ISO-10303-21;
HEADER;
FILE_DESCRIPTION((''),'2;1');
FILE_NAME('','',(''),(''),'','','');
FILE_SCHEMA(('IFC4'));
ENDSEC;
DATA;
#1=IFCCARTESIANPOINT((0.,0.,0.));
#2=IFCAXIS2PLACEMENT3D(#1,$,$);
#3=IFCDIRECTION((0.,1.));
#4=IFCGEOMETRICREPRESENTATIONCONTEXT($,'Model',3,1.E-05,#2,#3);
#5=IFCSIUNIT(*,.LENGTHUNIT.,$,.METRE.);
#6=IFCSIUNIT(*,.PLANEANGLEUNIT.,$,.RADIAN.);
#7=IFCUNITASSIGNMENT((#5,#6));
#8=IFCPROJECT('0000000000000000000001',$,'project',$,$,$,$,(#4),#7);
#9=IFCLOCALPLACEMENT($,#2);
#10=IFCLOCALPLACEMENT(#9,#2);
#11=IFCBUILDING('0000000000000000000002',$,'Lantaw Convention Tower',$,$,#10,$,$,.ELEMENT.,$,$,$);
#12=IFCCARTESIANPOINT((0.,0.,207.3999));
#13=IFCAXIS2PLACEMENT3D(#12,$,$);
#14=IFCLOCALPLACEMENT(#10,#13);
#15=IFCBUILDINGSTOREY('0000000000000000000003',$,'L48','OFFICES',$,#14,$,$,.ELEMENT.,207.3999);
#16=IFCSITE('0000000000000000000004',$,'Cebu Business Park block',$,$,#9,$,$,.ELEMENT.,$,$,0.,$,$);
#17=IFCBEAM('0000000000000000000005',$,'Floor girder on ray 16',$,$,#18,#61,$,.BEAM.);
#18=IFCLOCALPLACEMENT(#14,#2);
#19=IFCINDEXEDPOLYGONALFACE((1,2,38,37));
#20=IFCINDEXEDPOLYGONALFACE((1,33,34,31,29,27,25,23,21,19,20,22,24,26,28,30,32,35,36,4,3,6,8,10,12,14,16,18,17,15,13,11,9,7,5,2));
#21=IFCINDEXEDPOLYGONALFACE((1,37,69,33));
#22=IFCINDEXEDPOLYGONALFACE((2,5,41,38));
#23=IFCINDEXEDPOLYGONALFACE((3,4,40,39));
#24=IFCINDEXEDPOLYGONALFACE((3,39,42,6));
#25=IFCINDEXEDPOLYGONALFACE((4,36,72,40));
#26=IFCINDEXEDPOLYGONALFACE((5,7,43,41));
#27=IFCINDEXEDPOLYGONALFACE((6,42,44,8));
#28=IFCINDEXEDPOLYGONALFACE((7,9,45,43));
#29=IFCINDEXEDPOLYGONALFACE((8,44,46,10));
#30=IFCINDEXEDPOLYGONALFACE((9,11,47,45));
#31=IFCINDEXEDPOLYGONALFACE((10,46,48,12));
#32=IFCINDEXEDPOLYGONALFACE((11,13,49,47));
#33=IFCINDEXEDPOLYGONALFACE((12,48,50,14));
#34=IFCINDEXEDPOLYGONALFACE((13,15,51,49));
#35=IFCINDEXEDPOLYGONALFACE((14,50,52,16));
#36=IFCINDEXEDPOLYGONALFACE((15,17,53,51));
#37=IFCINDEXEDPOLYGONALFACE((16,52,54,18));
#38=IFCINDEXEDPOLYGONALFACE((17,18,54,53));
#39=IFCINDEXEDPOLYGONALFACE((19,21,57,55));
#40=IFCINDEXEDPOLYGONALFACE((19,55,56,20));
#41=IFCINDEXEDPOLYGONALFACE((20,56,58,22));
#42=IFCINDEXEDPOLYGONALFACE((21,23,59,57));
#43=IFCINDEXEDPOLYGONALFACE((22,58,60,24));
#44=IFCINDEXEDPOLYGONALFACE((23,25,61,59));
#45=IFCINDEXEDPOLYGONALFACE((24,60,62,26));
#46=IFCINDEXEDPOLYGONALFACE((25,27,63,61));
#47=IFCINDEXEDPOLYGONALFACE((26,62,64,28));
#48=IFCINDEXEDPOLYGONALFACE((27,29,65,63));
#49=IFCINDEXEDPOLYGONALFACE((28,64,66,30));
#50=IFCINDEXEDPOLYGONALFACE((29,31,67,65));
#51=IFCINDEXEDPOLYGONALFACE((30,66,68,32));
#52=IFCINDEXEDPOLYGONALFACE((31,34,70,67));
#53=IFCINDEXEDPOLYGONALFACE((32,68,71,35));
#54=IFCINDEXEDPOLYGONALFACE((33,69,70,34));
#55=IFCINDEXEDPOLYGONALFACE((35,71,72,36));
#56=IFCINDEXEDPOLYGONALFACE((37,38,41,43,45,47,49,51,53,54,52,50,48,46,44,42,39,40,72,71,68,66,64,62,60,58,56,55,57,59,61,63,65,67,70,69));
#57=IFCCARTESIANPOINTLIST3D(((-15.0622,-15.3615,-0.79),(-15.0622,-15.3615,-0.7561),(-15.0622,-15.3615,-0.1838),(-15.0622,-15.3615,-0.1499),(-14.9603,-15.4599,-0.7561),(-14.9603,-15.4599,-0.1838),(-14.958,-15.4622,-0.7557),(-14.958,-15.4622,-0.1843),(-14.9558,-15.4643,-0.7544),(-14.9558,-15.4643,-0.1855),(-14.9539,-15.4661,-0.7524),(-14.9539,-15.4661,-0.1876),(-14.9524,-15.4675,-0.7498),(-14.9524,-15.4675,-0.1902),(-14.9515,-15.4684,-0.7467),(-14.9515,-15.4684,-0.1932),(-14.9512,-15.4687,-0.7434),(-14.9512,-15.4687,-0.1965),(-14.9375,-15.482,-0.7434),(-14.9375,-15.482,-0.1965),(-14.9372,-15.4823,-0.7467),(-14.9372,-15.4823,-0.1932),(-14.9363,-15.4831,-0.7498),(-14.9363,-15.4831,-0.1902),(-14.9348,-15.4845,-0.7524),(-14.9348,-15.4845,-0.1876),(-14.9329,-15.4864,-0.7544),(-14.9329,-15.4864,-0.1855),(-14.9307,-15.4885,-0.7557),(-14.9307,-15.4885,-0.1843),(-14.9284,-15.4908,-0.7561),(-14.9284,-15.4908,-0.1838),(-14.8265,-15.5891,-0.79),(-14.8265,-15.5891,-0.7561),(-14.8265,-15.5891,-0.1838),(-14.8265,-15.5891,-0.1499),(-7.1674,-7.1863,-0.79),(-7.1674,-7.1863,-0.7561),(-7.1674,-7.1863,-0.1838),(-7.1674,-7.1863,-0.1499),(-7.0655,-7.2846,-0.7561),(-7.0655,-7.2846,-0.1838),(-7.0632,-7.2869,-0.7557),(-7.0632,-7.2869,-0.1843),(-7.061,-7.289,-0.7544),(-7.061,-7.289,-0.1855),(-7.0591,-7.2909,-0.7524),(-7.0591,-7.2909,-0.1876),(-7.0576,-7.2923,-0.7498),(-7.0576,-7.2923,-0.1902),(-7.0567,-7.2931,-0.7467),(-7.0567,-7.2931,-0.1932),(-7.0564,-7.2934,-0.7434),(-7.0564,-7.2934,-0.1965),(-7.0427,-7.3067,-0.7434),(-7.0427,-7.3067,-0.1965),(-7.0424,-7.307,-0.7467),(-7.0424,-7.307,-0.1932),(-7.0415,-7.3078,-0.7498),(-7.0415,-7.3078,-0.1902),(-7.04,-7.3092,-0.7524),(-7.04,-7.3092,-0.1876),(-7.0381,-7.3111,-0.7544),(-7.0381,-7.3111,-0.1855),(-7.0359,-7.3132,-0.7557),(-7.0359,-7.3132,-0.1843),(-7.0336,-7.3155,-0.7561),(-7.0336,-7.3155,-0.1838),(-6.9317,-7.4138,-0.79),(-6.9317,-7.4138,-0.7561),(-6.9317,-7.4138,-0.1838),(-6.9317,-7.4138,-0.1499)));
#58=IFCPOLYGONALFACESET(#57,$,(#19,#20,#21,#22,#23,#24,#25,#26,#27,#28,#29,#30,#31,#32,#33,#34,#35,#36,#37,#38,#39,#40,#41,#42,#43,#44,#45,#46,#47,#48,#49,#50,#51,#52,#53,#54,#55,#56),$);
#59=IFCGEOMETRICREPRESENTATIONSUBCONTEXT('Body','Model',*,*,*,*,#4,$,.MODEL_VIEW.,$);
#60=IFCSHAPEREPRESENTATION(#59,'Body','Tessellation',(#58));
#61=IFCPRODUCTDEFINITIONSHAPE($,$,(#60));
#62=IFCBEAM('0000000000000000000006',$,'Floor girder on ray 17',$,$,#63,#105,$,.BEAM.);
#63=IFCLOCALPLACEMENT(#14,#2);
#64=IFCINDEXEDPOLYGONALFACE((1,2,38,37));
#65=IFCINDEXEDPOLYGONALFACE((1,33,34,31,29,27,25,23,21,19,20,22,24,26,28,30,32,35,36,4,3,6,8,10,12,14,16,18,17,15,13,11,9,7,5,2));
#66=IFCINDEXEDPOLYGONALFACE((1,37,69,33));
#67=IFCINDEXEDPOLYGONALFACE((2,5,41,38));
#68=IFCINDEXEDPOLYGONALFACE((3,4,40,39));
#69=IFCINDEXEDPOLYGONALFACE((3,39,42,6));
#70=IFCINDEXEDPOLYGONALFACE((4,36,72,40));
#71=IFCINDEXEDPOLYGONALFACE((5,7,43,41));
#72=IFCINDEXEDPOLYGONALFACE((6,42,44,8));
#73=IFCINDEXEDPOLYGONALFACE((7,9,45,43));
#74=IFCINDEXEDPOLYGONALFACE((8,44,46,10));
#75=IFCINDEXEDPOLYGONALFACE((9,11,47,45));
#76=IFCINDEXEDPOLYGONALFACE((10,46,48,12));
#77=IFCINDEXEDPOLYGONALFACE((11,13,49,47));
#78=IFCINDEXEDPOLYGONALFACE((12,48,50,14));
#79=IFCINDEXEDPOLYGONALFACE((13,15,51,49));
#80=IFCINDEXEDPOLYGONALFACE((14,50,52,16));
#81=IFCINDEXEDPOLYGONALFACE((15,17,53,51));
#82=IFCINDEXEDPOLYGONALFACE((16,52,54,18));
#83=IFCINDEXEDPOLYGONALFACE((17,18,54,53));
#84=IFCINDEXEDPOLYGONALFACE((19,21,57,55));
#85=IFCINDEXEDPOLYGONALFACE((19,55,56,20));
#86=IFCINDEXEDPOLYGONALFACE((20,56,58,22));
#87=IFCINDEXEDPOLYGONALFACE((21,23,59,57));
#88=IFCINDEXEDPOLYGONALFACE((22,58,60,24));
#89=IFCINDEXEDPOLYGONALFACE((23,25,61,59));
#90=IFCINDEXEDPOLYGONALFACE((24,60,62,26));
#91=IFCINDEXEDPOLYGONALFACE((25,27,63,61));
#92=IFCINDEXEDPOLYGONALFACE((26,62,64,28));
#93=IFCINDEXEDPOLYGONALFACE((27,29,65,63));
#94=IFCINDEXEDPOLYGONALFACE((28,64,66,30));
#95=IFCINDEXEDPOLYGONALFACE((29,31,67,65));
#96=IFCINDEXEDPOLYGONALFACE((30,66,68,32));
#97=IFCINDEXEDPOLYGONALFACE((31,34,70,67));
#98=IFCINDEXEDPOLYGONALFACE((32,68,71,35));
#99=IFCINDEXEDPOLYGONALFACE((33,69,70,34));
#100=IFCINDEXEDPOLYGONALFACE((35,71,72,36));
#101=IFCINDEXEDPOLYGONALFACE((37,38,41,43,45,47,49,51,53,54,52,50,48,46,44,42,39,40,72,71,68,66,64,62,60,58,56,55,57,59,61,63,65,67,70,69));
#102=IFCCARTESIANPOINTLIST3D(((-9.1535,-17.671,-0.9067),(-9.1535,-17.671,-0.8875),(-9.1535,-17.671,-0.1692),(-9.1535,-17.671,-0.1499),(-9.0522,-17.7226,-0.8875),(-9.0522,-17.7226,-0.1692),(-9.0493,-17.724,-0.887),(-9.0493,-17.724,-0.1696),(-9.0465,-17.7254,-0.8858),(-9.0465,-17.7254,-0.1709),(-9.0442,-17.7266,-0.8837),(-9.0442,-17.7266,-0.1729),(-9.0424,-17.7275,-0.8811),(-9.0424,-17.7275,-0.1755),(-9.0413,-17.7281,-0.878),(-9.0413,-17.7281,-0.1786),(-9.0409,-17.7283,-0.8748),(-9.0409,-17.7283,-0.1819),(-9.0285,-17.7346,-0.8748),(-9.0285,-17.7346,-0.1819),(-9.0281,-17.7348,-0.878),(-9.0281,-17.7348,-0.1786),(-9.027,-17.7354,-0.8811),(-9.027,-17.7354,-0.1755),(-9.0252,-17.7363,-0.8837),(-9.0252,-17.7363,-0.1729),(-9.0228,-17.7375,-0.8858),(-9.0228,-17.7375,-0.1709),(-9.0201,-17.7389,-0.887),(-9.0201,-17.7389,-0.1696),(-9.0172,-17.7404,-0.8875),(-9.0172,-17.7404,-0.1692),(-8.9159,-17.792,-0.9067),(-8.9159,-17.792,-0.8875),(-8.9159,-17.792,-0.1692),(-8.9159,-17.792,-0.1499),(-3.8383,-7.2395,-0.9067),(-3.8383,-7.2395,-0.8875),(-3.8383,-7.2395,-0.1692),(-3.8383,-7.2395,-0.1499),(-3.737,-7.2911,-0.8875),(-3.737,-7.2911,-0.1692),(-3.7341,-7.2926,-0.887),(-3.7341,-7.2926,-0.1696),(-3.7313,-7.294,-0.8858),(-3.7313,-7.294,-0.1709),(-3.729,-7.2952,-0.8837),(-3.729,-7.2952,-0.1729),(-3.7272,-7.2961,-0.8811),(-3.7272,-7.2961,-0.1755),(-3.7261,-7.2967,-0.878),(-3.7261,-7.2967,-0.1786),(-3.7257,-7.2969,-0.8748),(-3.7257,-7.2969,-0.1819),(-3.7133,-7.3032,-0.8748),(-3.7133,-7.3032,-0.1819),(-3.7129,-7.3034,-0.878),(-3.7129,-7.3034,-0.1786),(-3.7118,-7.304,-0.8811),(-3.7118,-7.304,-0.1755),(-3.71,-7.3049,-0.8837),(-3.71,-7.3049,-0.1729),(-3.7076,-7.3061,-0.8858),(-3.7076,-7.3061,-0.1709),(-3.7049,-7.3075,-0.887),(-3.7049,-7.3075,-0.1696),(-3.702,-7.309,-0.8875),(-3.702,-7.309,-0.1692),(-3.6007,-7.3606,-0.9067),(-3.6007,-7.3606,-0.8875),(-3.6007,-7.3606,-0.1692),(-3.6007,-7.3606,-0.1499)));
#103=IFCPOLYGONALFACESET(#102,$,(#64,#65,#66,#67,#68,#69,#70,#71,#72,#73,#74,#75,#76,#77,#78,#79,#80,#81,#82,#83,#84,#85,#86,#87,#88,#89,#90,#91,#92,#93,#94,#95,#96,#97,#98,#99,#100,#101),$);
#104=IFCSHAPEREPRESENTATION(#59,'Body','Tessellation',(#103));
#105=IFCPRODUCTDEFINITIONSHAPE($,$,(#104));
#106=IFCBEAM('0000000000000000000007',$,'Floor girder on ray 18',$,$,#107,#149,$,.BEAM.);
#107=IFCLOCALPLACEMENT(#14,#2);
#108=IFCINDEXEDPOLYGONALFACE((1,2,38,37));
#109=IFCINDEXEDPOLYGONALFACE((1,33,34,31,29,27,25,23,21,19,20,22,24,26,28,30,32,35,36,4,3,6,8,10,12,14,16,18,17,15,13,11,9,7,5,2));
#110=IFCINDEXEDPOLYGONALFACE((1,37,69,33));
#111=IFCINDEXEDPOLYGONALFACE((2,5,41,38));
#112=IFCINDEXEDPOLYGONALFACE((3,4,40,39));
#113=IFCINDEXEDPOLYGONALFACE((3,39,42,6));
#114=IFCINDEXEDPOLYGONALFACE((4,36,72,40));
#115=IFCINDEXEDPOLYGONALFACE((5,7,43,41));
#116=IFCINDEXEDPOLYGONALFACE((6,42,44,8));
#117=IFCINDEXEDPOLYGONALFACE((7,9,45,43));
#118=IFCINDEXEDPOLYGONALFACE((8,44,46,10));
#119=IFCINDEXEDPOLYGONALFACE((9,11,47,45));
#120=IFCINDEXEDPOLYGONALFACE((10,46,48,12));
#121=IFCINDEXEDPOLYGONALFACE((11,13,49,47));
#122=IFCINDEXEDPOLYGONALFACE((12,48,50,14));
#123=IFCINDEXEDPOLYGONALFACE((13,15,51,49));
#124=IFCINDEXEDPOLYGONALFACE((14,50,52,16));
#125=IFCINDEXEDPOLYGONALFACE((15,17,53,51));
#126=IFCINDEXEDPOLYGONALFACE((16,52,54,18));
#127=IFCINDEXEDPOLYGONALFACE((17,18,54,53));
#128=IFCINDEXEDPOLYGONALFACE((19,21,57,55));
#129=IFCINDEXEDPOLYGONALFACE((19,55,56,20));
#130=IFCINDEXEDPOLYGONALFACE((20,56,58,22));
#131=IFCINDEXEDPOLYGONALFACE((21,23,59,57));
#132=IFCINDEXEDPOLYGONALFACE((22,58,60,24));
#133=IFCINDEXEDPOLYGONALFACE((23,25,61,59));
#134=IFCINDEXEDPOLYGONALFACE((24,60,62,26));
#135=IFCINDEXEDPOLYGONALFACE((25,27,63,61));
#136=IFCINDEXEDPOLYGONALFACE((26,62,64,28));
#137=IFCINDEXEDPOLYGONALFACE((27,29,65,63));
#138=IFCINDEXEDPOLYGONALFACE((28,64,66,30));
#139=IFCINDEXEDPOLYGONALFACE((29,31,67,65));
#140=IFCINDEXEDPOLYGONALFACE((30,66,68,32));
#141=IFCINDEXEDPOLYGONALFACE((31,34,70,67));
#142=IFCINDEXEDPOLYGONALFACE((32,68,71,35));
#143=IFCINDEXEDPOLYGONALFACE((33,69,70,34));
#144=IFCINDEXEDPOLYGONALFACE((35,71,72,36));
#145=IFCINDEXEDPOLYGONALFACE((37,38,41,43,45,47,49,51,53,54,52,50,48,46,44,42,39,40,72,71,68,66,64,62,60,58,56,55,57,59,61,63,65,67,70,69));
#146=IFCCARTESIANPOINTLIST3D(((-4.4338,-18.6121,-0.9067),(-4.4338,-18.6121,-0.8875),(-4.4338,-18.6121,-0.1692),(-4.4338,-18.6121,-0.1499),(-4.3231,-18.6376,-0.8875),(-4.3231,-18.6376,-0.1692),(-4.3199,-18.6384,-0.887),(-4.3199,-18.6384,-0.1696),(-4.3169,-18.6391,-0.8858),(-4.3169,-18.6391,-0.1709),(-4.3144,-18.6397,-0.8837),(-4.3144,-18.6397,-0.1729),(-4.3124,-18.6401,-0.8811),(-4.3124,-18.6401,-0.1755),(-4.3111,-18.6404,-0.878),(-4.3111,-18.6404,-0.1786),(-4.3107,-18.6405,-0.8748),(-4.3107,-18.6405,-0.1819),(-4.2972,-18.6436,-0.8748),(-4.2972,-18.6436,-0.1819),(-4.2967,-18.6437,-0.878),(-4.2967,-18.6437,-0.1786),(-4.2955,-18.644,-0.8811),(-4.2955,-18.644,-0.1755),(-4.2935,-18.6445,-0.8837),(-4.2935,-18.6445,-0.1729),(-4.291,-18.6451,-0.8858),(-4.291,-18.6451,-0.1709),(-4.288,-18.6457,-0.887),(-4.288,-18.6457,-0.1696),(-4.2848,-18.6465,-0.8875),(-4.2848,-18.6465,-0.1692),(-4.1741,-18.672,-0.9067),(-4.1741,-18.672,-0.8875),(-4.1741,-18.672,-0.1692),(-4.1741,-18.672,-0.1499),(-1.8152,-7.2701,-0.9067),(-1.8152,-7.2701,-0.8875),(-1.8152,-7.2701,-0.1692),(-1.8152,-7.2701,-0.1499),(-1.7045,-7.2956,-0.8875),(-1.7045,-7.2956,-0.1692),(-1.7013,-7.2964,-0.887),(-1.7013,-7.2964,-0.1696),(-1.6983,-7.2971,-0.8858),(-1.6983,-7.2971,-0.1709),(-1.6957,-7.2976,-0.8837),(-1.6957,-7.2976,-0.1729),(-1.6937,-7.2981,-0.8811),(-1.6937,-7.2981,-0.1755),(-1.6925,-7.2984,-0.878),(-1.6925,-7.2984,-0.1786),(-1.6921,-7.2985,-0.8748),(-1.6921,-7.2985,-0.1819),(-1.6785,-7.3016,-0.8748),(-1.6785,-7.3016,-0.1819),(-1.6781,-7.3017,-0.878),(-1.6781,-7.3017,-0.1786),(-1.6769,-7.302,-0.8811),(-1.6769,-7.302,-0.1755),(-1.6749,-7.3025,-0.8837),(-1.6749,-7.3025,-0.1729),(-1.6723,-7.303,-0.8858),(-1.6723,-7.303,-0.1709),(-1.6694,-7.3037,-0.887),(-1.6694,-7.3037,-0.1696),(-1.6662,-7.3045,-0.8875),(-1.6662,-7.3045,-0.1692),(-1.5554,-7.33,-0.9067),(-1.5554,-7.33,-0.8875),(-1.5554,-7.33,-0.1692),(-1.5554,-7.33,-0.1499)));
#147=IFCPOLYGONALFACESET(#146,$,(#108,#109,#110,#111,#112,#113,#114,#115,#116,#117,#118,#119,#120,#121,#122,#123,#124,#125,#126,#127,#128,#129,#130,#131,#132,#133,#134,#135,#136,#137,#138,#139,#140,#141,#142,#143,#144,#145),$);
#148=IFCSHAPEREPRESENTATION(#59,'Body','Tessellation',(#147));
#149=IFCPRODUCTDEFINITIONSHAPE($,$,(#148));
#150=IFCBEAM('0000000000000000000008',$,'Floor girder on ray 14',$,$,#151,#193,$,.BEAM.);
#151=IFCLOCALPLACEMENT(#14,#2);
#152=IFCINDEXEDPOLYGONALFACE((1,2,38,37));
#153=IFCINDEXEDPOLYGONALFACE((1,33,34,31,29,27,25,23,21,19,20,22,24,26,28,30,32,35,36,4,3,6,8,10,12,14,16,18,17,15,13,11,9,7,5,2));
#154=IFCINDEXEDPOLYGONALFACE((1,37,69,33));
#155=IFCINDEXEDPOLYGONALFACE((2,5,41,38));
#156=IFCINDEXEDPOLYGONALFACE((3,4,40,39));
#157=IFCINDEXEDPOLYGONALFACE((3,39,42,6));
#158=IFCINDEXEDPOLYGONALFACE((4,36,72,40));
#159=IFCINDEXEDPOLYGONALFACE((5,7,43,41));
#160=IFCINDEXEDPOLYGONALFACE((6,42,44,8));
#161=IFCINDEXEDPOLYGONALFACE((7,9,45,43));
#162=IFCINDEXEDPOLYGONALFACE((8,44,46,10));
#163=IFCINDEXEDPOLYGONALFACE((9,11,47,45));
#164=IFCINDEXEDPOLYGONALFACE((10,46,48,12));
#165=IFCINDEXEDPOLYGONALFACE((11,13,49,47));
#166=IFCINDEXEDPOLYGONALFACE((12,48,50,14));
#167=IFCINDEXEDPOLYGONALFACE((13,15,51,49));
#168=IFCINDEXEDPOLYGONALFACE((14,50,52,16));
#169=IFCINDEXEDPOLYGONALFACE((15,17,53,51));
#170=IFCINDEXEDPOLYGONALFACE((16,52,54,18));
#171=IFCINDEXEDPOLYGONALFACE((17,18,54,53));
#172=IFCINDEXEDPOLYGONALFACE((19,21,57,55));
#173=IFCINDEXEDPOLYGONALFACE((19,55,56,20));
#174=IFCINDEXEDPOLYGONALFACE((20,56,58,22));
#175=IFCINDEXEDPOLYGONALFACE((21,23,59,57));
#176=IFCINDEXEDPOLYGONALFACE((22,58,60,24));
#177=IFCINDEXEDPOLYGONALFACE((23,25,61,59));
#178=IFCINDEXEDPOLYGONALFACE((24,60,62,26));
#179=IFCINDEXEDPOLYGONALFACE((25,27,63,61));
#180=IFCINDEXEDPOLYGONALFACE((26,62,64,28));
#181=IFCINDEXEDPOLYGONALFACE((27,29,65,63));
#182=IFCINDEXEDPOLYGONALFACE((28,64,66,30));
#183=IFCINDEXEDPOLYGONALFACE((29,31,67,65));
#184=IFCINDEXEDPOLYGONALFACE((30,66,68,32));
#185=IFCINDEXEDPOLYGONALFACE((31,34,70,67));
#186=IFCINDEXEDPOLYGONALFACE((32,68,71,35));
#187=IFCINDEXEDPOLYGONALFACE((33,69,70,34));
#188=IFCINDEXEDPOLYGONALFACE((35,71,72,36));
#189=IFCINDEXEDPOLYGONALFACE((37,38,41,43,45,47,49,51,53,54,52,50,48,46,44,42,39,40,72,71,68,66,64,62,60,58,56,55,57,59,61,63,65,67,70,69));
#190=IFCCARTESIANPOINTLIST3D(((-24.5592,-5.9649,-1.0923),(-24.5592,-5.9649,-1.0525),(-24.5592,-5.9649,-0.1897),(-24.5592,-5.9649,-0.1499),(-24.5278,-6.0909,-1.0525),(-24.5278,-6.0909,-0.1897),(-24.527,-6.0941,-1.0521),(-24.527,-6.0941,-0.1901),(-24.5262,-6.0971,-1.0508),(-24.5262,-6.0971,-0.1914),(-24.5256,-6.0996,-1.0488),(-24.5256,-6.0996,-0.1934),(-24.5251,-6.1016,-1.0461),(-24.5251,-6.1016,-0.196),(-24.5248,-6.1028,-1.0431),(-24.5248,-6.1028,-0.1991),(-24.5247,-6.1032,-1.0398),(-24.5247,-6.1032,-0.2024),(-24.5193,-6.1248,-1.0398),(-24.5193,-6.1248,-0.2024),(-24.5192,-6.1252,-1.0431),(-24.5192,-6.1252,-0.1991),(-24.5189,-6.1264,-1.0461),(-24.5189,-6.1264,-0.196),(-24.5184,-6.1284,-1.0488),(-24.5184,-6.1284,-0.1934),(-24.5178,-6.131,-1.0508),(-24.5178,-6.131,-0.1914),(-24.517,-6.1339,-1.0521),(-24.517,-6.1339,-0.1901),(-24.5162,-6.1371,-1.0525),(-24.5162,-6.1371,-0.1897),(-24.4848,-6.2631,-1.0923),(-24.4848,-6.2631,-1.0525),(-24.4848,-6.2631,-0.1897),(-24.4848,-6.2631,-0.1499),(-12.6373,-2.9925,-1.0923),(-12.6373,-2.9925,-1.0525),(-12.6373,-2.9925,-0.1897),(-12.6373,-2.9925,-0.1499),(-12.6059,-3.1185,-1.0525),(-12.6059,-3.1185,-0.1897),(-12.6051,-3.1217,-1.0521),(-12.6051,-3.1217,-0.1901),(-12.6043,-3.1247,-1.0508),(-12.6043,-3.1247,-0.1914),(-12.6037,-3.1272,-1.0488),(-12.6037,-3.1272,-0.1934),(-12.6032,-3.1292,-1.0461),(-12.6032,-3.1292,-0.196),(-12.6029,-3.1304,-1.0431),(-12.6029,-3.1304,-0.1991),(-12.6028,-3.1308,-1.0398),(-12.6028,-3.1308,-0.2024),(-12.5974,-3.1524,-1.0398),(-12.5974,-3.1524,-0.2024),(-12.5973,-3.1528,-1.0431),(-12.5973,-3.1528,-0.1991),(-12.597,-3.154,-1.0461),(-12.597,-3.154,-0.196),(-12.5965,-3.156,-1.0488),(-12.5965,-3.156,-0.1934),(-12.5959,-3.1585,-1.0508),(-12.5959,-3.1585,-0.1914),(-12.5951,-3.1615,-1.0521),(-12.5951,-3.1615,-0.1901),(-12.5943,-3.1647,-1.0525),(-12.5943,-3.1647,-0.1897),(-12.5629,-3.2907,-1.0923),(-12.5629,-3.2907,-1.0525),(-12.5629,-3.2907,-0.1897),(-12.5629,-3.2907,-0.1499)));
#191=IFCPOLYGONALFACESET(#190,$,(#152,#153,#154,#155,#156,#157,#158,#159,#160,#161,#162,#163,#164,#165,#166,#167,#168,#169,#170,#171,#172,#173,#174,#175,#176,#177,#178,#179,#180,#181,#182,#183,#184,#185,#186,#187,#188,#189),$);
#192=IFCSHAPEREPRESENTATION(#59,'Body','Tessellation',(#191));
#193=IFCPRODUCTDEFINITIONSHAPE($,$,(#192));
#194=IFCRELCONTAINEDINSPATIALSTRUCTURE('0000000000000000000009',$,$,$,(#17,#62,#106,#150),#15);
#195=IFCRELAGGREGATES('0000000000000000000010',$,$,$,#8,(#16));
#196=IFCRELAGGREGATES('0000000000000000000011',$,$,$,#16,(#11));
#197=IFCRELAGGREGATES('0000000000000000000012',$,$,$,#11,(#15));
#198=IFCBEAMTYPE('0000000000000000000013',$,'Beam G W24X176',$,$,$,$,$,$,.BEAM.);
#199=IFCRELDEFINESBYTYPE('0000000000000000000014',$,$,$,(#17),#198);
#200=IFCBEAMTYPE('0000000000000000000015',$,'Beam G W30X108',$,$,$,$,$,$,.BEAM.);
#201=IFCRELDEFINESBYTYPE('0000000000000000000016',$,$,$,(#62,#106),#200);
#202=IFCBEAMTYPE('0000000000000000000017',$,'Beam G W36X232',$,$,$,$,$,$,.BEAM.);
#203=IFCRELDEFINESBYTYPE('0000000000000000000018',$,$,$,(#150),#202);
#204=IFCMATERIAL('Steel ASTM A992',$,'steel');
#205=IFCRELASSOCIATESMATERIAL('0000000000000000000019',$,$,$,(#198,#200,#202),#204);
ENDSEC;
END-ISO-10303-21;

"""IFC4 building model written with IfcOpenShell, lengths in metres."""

from ifc_helpers import new_model, si_unit, direction, frame, origin, origin_2d, place, context, subcontext, project, spatial, i_section, extrude, material, material_profile, profile_set, type_object, element, save


model = new_model("IFC4")

# Units and contexts
model_context = context("Model", 3, precision=1e-05, world=origin(), true_north=direction((0.0, 1.0)))
body_context = subcontext(model_context, "Body", "Model", "MODEL_VIEW")
ifc_project = project(units=[si_unit("LENGTHUNIT", "METRE"), si_unit("PLANEANGLEUNIT", "RADIAN")], contexts=[model_context])

# Site, building, storey
site_placement = place(None, origin())
site = spatial("IfcSite", under=ifc_project, at=site_placement, Name="Cebu Business Park block", CompositionType="ELEMENT", RefElevation=0.0)
building_placement = place(site_placement, origin())
building = spatial("IfcBuilding", under=site, at=building_placement, Name="Lantaw Convention Tower", CompositionType="ELEMENT")
storey_placement = place(building_placement, frame((0.0, 0.0, 207.3999)))
storey = spatial("IfcBuildingStorey", under=building, at=storey_placement, Name="L48", Description="OFFICES", CompositionType="ELEMENT", Elevation=207.3999)

# Beams
ifc_material_1 = material(Name="Steel ASTM A992", Category="steel")
ifc_material_profile_1 = material_profile(ifc_material_1, i_section(OverallWidth=0.3276, OverallDepth=0.6401, WebThickness=0.019, FlangeThickness=0.0339, FilletRadius=0.0127, at=origin_2d()), Name="W24X176")
ifc_profile_set_1 = profile_set([ifc_material_profile_1], Name="Steel ASTM A992")
beam_type_1 = type_object("IfcBeamType", Name="Beam G W24X176", PredefinedType="BEAM", material=ifc_profile_set_1)
beam_1_placement = place(storey_placement, frame((-7.0496, -7.3, -0.47), z_axis=(-0.694658, -0.71934, 0.0), x_axis=(0.71934, -0.694658, 0.0)))
element("IfcBeam", 1, at=beam_1_placement, inside=storey, type_object=beam_type_1, Name="Floor girder on ray 16", PredefinedType="BEAM", context=body_context, shape_type="SweptSolid", body=[
    extrude(i_section(OverallWidth=0.3276, OverallDepth=0.6401, WebThickness=0.019, FlangeThickness=0.0339, FilletRadius=0.0127, at=origin_2d()), origin(), (0.0, 0.0, 1.0), 11.365),
])
ifc_material_profile_2 = material_profile(ifc_material_1, i_section(OverallWidth=0.2666, OverallDepth=0.7568, WebThickness=0.0139, FlangeThickness=0.0193, FilletRadius=0.0127, at=origin_2d()), Name="W30X108")
ifc_profile_set_2 = profile_set([ifc_material_profile_2], Name="Steel ASTM A992")
beam_type_2 = type_object("IfcBeamType", Name="Beam G W30X108", PredefinedType="BEAM", material=ifc_profile_set_2)
beam_2_placement = place(storey_placement, frame((-3.7195, -7.3, -0.5283), z_axis=(-0.453999, -0.891002, 0.0), x_axis=(0.891002, -0.453999, 0.0)))
element("IfcBeam", 2, at=beam_2_placement, inside=storey, type_object=beam_type_2, Name="Floor girder on ray 17", PredefinedType="BEAM", context=body_context, shape_type="SweptSolid", body=[
    extrude(i_section(OverallWidth=0.2666, OverallDepth=0.7568, WebThickness=0.0139, FlangeThickness=0.0193, FilletRadius=0.0127, at=origin_2d()), origin(), (0.0, 0.0, 1.0), 11.7075),
])
beam_3_placement = place(storey_placement, frame((-1.6853, -7.3, -0.5283), z_axis=(-0.224962, -0.974368, 0.0), x_axis=(0.974368, -0.224962, 0.0)))
element("IfcBeam", 3, at=beam_3_placement, inside=storey, type_object=beam_type_2, Name="Floor girder on ray 18", PredefinedType="BEAM", context=body_context, shape_type="SweptSolid", body=[
    extrude(i_section(OverallWidth=0.2666, OverallDepth=0.7568, WebThickness=0.0139, FlangeThickness=0.0193, FilletRadius=0.0127, at=origin_2d()), origin(), (0.0, 0.0, 1.0), 11.6404),
])
ifc_material_profile_3 = material_profile(ifc_material_1, i_section(OverallWidth=0.3074, OverallDepth=0.9424, WebThickness=0.0222, FlangeThickness=0.0398, FilletRadius=0.0127, at=origin_2d()), Name="W36X232")
ifc_profile_set_3 = profile_set([ifc_material_profile_3], Name="Steel ASTM A992")
beam_type_3 = type_object("IfcBeamType", Name="Beam G W36X232", PredefinedType="BEAM", material=ifc_profile_set_3)
beam_4_placement = place(storey_placement, frame((-12.6001, -3.1416, -0.6211), z_axis=(-0.970297, -0.241918, 0.0), x_axis=(0.241918, -0.970297, 0.0)))
element("IfcBeam", 4, at=beam_4_placement, inside=storey, type_object=beam_type_3, Name="Floor girder on ray 14", PredefinedType="BEAM", context=body_context, shape_type="SweptSolid", body=[
    extrude(i_section(OverallWidth=0.3074, OverallDepth=0.9424, WebThickness=0.0222, FlangeThickness=0.0398, FilletRadius=0.0127, at=origin_2d()), origin(), (0.0, 0.0, 1.0), 12.2869),
])

save(model, "model.ifc")
